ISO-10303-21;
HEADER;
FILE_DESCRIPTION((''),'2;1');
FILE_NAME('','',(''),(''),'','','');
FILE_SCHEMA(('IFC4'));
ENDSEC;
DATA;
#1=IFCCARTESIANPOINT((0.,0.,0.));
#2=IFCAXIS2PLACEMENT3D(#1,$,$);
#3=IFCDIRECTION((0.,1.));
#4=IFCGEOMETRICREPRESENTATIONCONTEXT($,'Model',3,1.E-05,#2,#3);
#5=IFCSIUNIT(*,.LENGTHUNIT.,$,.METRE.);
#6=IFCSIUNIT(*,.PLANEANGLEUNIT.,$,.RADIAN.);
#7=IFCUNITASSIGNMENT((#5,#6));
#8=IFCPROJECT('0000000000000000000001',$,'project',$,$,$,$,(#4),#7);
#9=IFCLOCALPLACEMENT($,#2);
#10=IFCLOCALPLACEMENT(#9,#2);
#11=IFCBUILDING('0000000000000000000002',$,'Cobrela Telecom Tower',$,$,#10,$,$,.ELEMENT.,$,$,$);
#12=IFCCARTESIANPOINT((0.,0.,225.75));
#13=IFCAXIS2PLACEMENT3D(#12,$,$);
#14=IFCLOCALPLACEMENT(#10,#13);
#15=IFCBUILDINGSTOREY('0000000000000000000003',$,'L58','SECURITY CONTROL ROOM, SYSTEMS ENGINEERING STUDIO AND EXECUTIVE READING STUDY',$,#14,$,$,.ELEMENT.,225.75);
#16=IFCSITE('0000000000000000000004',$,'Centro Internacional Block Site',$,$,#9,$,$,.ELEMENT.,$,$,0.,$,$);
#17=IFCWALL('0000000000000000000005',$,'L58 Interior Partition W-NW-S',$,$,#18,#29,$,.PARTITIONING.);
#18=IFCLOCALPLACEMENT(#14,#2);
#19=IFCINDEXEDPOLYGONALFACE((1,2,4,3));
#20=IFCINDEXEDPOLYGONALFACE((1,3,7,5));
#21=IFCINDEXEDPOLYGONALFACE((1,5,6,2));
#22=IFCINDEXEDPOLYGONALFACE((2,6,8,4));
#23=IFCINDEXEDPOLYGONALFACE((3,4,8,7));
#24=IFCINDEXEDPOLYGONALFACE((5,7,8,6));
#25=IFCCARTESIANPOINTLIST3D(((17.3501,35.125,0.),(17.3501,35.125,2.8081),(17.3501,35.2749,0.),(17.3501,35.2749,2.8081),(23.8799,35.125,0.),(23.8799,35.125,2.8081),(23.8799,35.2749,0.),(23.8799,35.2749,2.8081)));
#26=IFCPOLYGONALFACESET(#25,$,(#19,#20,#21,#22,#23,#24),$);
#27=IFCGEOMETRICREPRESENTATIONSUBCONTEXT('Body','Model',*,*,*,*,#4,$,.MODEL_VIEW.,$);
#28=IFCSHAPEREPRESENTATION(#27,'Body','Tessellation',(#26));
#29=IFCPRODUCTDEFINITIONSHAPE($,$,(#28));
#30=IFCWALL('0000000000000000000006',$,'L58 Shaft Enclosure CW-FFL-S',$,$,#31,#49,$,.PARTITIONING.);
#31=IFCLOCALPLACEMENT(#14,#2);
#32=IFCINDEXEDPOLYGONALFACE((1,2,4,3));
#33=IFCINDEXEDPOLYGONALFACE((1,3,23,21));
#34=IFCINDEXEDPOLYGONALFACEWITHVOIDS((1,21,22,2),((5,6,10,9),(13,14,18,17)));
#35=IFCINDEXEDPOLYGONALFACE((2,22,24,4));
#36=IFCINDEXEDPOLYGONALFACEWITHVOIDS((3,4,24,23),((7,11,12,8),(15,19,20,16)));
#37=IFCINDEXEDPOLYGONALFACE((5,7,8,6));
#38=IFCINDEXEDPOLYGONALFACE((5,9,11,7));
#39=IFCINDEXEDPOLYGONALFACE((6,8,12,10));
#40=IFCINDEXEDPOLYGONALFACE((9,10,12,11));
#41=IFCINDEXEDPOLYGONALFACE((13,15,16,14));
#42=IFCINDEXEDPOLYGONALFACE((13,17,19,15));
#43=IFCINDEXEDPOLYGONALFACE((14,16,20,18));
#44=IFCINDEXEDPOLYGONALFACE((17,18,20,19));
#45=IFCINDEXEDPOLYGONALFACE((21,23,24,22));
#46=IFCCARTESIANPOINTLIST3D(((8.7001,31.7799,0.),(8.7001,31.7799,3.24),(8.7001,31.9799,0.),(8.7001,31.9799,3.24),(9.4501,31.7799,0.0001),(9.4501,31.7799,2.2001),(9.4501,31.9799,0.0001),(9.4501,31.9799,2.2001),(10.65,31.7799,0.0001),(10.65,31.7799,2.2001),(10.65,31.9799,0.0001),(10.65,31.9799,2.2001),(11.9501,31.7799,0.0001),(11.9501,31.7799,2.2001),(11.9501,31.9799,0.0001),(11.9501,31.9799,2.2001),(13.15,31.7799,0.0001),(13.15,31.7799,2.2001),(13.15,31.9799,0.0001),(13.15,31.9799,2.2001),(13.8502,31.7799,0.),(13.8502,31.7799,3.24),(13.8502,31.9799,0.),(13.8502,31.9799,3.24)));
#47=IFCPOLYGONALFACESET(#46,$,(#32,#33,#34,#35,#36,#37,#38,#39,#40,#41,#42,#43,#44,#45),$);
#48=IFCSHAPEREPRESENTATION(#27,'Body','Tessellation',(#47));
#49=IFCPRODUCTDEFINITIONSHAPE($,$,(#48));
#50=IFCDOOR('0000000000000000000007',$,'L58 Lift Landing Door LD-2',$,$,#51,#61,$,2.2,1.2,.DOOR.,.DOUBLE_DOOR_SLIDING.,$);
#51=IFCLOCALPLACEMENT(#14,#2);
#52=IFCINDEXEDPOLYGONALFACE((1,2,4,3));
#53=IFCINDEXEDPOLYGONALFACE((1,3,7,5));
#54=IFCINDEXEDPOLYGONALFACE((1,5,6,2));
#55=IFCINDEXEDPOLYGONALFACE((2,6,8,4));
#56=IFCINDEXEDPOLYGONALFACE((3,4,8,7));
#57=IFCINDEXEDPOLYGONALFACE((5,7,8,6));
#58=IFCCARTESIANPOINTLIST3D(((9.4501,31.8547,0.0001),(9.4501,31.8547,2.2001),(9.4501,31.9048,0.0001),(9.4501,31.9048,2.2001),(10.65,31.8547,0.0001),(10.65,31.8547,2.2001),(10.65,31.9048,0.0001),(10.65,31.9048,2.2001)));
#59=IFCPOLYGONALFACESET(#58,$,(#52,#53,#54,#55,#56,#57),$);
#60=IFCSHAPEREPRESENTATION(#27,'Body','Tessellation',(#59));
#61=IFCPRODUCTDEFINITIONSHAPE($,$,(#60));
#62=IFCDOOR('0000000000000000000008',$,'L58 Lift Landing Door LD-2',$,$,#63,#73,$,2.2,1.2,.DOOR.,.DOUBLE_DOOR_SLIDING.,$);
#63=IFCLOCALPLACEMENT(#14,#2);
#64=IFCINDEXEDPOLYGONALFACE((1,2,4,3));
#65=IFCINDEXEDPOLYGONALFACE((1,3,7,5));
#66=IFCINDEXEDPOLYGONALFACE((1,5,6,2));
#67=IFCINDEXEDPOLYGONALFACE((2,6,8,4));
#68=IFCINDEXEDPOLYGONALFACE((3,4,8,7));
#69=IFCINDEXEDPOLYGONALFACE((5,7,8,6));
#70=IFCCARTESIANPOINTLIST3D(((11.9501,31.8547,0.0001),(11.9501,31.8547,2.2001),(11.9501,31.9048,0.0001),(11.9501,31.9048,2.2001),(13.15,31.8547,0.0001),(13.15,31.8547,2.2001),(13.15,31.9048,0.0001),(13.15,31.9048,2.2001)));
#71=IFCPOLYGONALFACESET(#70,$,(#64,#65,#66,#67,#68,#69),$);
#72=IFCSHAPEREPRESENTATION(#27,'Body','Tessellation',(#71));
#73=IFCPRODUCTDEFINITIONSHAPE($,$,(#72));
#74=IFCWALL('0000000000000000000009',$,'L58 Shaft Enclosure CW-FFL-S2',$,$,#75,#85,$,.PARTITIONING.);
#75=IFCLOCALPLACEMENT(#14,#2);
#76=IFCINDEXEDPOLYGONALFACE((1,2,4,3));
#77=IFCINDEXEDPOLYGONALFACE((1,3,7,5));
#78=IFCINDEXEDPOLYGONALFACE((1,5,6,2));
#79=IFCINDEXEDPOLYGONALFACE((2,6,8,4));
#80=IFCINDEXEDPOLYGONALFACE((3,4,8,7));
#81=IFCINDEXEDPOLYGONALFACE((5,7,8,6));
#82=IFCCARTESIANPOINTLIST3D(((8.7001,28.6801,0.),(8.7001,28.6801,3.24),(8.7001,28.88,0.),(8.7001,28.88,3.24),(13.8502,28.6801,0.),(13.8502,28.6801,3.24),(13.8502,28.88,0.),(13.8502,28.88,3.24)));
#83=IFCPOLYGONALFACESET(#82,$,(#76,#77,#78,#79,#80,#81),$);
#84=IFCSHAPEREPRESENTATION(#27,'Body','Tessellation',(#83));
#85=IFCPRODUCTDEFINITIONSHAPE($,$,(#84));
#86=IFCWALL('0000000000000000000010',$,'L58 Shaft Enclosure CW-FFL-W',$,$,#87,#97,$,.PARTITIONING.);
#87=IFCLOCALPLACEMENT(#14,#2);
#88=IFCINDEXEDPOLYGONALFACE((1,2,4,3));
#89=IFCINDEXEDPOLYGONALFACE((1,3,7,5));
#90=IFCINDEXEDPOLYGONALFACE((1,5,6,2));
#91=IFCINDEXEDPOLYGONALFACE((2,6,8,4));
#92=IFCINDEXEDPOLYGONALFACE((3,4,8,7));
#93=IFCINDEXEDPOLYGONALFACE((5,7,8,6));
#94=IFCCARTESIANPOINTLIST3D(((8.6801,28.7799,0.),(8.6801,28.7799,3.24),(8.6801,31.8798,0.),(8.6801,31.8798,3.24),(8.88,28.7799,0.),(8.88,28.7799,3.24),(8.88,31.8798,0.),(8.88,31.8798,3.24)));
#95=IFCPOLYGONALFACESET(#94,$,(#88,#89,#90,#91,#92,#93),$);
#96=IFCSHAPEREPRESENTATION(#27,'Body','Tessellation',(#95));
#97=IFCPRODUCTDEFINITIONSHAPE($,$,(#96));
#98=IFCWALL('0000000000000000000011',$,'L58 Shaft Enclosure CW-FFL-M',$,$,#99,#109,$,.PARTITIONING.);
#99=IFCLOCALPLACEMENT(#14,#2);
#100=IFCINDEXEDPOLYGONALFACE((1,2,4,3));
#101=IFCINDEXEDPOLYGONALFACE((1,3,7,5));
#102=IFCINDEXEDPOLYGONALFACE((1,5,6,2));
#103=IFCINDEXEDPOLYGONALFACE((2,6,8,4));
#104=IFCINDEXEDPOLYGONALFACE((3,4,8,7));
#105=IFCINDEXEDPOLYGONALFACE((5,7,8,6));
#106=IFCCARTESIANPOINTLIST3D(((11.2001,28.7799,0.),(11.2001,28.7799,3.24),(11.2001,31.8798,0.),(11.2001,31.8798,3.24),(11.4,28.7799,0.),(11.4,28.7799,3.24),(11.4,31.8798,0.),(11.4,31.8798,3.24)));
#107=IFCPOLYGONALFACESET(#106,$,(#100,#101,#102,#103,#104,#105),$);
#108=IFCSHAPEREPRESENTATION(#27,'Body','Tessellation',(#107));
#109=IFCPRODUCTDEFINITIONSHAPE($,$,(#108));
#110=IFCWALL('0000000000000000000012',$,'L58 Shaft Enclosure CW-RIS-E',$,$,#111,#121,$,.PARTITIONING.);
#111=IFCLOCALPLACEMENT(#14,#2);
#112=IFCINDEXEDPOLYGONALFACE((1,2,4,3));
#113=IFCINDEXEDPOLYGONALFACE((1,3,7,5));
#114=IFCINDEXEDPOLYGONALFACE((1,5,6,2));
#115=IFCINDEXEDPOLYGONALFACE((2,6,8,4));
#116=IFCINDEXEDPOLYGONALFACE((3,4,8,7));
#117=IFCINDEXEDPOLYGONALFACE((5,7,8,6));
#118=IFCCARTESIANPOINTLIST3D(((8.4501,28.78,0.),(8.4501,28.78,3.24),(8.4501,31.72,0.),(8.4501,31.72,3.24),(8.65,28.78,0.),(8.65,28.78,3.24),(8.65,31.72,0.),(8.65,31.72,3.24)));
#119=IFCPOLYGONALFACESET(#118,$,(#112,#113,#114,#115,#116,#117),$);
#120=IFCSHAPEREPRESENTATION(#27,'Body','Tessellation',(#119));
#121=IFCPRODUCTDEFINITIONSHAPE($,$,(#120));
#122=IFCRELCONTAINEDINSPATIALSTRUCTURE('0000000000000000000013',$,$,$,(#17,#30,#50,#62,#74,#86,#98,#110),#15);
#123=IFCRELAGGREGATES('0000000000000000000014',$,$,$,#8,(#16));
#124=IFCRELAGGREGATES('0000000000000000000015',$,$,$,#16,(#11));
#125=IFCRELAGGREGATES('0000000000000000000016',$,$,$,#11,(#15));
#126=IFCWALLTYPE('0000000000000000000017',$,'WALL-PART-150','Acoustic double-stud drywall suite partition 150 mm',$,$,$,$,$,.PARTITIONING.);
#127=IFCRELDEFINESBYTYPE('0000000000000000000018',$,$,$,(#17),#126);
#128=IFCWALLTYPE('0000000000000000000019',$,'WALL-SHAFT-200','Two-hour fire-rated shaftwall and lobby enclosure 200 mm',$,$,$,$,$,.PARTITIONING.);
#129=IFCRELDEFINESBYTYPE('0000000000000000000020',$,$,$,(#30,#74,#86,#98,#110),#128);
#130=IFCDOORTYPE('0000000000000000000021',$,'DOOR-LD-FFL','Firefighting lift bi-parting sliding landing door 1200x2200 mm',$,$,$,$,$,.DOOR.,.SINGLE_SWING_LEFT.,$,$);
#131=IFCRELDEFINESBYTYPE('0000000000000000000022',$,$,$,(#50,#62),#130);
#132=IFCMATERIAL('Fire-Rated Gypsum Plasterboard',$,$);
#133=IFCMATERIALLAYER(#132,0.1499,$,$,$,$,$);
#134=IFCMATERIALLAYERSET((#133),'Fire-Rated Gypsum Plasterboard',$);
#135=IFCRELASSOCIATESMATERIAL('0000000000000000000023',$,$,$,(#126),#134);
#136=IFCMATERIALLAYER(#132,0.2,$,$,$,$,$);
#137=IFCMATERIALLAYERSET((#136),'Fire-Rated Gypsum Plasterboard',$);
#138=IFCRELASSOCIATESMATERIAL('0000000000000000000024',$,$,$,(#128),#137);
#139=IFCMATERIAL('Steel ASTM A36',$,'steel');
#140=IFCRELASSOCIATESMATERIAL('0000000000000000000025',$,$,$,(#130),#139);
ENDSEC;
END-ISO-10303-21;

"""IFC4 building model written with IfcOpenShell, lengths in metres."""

from ifc_helpers import new_model, si_unit, direction, frame, frame_2d, origin, place, context, subcontext, project, spatial, rectangle, extrude, material, layer, layer_set, type_object, element, fill, save


model = new_model("IFC4")

# Units and contexts
model_context = context("Model", 3, precision=1e-05, world=origin(), true_north=direction((0.0, 1.0)))
body_context = subcontext(model_context, "Body", "Model", "MODEL_VIEW")
ifc_project = project(units=[si_unit("LENGTHUNIT", "METRE"), si_unit("PLANEANGLEUNIT", "RADIAN")], contexts=[model_context])

# Site, building, storey
site_placement = place(None, origin())
site = spatial("IfcSite", under=ifc_project, at=site_placement, Name="Centro Internacional Block Site", CompositionType="ELEMENT", RefElevation=0.0)
building_placement = place(site_placement, origin())
building = spatial("IfcBuilding", under=site, at=building_placement, Name="Cobrela Telecom Tower", CompositionType="ELEMENT")
storey_placement = place(building_placement, frame((0.0, 0.0, 225.75)))
storey = spatial("IfcBuildingStorey", under=building, at=storey_placement, Name="L58", Description="SECURITY CONTROL ROOM, SYSTEMS ENGINEERING STUDIO AND EXECUTIVE READING STUDY", CompositionType="ELEMENT", Elevation=225.75)

# Shared definitions
ifc_material_1 = material(Name="Steel ASTM A36", Category="steel")

# Shared definitions
ifc_material_2 = material(Name="Fire-Rated Gypsum Plasterboard")

# Wall
ifc_layer_1 = layer(ifc_material_2, 0.1499)
ifc_layer_set_1 = layer_set([ifc_layer_1], Name="Fire-Rated Gypsum Plasterboard")
wall_type_1 = type_object("IfcWallType", Name="WALL-PART-150", Description="Acoustic double-stud drywall suite partition 150 mm", PredefinedType="PARTITIONING", material=ifc_layer_set_1)
wall_1_placement = place(storey_placement, frame((17.3501, 35.2, 0.0), z_axis=(0.0, 0.0, 1.0), x_axis=(1.0, 0.0, 0.0)))
element("IfcWall", 1, at=wall_1_placement, inside=storey, type_object=wall_type_1, Name="L58 Interior Partition W-NW-S", PredefinedType="PARTITIONING", context=body_context, shape_type="SweptSolid", body=[
    extrude(rectangle(XDim=6.5298, YDim=0.1499, at=frame_2d((3.2649, 0.0))), origin(), (0.0, 0.0, 1.0), 2.8081),
])

# Wall, openings, doors
ifc_layer_2 = layer(ifc_material_2, 0.2)
ifc_layer_set_2 = layer_set([ifc_layer_2], Name="Fire-Rated Gypsum Plasterboard")
wall_type_2 = type_object("IfcWallType", Name="WALL-SHAFT-200", Description="Two-hour fire-rated shaftwall and lobby enclosure 200 mm", PredefinedType="PARTITIONING", material=ifc_layer_set_2)
wall_2_placement = place(storey_placement, frame((8.7, 31.8799, 0.0), z_axis=(0.0, 0.0, 1.0), x_axis=(1.0, 0.0, 0.0)))
wall_2 = element("IfcWall", 2, at=wall_2_placement, inside=storey, type_object=wall_type_2, Name="L58 Shaft Enclosure CW-FFL-S", PredefinedType="PARTITIONING", context=body_context, shape_type="SweptSolid", body=[
    extrude(rectangle(XDim=5.1501, YDim=0.2, at=frame_2d((2.5752, 0.0))), origin(), (0.0, 0.0, 1.0), 3.24),
])
opening_1_placement = place(wall_2_placement, frame((0.75, 0.0, 0.0)))
opening_1 = element("IfcOpeningElement", 3, at=opening_1_placement, cuts=wall_2, PredefinedType="OPENING", context=body_context, shape_type="SweptSolid", body=[
    extrude(rectangle(XDim=1.2, YDim=2.2, at=frame_2d((0.6001, 1.1001))), frame((0.0, 0.1118, 0.0), z_axis=(0.0, -1.0, 0.0), x_axis=(1.0, 0.0, 0.0)), (0.0, 0.0, 1.0), 0.2239),
])
opening_2_placement = place(wall_2_placement, frame((3.25, 0.0, 0.0)))
opening_2 = element("IfcOpeningElement", 4, at=opening_2_placement, cuts=wall_2, PredefinedType="OPENING", context=body_context, shape_type="SweptSolid", body=[
    extrude(rectangle(XDim=1.2, YDim=2.2, at=frame_2d((0.6001, 1.1001))), frame((0.0, 0.1118, 0.0), z_axis=(0.0, -1.0, 0.0), x_axis=(1.0, 0.0, 0.0)), (0.0, 0.0, 1.0), 0.2239),
])
door_type_1 = type_object("IfcDoorType", Name="DOOR-LD-FFL", Description="Firefighting lift bi-parting sliding landing door 1200x2200 mm", OperationType="SINGLE_SWING_LEFT", PredefinedType="DOOR", material=ifc_material_1)
door_1_placement = place(opening_1_placement, origin())
door_1 = element("IfcDoor", 5, at=door_1_placement, inside=storey, type_object=door_type_1, Name="L58 Lift Landing Door LD-2", OperationType="DOUBLE_DOOR_SLIDING", OverallHeight=2.2, OverallWidth=1.2, PredefinedType="DOOR", context=body_context, shape_type="SweptSolid", body=[
    extrude(rectangle(XDim=1.2, YDim=2.2, at=frame_2d((0.6001, 1.1001))), frame((0.0, 0.0249, 0.0), z_axis=(0.0, -1.0, 0.0), x_axis=(1.0, 0.0, 0.0)), (0.0, 0.0, 1.0), 0.05),
])
fill(opening_1, door_1)
door_2_placement = place(opening_2_placement, origin())
door_2 = element("IfcDoor", 6, at=door_2_placement, inside=storey, type_object=door_type_1, Name="L58 Lift Landing Door LD-2", OperationType="DOUBLE_DOOR_SLIDING", OverallHeight=2.2, OverallWidth=1.2, PredefinedType="DOOR", context=body_context, shape_type="SweptSolid", body=[
    extrude(rectangle(XDim=1.2, YDim=2.2, at=frame_2d((0.6001, 1.1001))), frame((0.0, 0.0249, 0.0), z_axis=(0.0, -1.0, 0.0), x_axis=(1.0, 0.0, 0.0)), (0.0, 0.0, 1.0), 0.05),
])
fill(opening_2, door_2)

# Walls
wall_3_placement = place(storey_placement, frame((8.7, 28.78, 0.0), z_axis=(0.0, 0.0, 1.0), x_axis=(1.0, 0.0, 0.0)))
element("IfcWall", 7, at=wall_3_placement, inside=storey, type_object=wall_type_2, Name="L58 Shaft Enclosure CW-FFL-S2", PredefinedType="PARTITIONING", context=body_context, shape_type="SweptSolid", body=[
    extrude(rectangle(XDim=5.1501, YDim=0.2, at=frame_2d((2.5752, 0.0))), origin(), (0.0, 0.0, 1.0), 3.24),
])
for number, where, z_axis, x_axis, name in (
    (8, (8.78, 28.78, 0.0), (0.0, 0.0, 1.0), (0.0, 1.0, 0.0), "L58 Shaft Enclosure CW-FFL-W"),
    (9, (11.3, 28.78, 0.0), (0.0, 0.0, 1.0), (0.0, 1.0, 0.0), "L58 Shaft Enclosure CW-FFL-M"),
):
    element("IfcWall", number, at=place(storey_placement, frame(where, z_axis=z_axis, x_axis=x_axis)), inside=storey, type_object=wall_type_2, Name=name, PredefinedType="PARTITIONING", context=body_context, shape_type="SweptSolid", body=[
        extrude(rectangle(XDim=3.0999, YDim=0.2, at=frame_2d((1.5498, 0.0))), origin(), (0.0, 0.0, 1.0), 3.24),
    ])
wall_4_placement = place(storey_placement, frame((8.55, 28.78, 0.0), z_axis=(0.0, 0.0, 1.0), x_axis=(0.0, 1.0, 0.0)))
element("IfcWall", 10, at=wall_4_placement, inside=storey, type_object=wall_type_2, Name="L58 Shaft Enclosure CW-RIS-E", PredefinedType="PARTITIONING", context=body_context, shape_type="SweptSolid", body=[
    extrude(rectangle(XDim=2.9399, YDim=0.2, at=frame_2d((1.47, 0.0))), origin(), (0.0, 0.0, 1.0), 3.24),
])

save(model, "model.ifc")
